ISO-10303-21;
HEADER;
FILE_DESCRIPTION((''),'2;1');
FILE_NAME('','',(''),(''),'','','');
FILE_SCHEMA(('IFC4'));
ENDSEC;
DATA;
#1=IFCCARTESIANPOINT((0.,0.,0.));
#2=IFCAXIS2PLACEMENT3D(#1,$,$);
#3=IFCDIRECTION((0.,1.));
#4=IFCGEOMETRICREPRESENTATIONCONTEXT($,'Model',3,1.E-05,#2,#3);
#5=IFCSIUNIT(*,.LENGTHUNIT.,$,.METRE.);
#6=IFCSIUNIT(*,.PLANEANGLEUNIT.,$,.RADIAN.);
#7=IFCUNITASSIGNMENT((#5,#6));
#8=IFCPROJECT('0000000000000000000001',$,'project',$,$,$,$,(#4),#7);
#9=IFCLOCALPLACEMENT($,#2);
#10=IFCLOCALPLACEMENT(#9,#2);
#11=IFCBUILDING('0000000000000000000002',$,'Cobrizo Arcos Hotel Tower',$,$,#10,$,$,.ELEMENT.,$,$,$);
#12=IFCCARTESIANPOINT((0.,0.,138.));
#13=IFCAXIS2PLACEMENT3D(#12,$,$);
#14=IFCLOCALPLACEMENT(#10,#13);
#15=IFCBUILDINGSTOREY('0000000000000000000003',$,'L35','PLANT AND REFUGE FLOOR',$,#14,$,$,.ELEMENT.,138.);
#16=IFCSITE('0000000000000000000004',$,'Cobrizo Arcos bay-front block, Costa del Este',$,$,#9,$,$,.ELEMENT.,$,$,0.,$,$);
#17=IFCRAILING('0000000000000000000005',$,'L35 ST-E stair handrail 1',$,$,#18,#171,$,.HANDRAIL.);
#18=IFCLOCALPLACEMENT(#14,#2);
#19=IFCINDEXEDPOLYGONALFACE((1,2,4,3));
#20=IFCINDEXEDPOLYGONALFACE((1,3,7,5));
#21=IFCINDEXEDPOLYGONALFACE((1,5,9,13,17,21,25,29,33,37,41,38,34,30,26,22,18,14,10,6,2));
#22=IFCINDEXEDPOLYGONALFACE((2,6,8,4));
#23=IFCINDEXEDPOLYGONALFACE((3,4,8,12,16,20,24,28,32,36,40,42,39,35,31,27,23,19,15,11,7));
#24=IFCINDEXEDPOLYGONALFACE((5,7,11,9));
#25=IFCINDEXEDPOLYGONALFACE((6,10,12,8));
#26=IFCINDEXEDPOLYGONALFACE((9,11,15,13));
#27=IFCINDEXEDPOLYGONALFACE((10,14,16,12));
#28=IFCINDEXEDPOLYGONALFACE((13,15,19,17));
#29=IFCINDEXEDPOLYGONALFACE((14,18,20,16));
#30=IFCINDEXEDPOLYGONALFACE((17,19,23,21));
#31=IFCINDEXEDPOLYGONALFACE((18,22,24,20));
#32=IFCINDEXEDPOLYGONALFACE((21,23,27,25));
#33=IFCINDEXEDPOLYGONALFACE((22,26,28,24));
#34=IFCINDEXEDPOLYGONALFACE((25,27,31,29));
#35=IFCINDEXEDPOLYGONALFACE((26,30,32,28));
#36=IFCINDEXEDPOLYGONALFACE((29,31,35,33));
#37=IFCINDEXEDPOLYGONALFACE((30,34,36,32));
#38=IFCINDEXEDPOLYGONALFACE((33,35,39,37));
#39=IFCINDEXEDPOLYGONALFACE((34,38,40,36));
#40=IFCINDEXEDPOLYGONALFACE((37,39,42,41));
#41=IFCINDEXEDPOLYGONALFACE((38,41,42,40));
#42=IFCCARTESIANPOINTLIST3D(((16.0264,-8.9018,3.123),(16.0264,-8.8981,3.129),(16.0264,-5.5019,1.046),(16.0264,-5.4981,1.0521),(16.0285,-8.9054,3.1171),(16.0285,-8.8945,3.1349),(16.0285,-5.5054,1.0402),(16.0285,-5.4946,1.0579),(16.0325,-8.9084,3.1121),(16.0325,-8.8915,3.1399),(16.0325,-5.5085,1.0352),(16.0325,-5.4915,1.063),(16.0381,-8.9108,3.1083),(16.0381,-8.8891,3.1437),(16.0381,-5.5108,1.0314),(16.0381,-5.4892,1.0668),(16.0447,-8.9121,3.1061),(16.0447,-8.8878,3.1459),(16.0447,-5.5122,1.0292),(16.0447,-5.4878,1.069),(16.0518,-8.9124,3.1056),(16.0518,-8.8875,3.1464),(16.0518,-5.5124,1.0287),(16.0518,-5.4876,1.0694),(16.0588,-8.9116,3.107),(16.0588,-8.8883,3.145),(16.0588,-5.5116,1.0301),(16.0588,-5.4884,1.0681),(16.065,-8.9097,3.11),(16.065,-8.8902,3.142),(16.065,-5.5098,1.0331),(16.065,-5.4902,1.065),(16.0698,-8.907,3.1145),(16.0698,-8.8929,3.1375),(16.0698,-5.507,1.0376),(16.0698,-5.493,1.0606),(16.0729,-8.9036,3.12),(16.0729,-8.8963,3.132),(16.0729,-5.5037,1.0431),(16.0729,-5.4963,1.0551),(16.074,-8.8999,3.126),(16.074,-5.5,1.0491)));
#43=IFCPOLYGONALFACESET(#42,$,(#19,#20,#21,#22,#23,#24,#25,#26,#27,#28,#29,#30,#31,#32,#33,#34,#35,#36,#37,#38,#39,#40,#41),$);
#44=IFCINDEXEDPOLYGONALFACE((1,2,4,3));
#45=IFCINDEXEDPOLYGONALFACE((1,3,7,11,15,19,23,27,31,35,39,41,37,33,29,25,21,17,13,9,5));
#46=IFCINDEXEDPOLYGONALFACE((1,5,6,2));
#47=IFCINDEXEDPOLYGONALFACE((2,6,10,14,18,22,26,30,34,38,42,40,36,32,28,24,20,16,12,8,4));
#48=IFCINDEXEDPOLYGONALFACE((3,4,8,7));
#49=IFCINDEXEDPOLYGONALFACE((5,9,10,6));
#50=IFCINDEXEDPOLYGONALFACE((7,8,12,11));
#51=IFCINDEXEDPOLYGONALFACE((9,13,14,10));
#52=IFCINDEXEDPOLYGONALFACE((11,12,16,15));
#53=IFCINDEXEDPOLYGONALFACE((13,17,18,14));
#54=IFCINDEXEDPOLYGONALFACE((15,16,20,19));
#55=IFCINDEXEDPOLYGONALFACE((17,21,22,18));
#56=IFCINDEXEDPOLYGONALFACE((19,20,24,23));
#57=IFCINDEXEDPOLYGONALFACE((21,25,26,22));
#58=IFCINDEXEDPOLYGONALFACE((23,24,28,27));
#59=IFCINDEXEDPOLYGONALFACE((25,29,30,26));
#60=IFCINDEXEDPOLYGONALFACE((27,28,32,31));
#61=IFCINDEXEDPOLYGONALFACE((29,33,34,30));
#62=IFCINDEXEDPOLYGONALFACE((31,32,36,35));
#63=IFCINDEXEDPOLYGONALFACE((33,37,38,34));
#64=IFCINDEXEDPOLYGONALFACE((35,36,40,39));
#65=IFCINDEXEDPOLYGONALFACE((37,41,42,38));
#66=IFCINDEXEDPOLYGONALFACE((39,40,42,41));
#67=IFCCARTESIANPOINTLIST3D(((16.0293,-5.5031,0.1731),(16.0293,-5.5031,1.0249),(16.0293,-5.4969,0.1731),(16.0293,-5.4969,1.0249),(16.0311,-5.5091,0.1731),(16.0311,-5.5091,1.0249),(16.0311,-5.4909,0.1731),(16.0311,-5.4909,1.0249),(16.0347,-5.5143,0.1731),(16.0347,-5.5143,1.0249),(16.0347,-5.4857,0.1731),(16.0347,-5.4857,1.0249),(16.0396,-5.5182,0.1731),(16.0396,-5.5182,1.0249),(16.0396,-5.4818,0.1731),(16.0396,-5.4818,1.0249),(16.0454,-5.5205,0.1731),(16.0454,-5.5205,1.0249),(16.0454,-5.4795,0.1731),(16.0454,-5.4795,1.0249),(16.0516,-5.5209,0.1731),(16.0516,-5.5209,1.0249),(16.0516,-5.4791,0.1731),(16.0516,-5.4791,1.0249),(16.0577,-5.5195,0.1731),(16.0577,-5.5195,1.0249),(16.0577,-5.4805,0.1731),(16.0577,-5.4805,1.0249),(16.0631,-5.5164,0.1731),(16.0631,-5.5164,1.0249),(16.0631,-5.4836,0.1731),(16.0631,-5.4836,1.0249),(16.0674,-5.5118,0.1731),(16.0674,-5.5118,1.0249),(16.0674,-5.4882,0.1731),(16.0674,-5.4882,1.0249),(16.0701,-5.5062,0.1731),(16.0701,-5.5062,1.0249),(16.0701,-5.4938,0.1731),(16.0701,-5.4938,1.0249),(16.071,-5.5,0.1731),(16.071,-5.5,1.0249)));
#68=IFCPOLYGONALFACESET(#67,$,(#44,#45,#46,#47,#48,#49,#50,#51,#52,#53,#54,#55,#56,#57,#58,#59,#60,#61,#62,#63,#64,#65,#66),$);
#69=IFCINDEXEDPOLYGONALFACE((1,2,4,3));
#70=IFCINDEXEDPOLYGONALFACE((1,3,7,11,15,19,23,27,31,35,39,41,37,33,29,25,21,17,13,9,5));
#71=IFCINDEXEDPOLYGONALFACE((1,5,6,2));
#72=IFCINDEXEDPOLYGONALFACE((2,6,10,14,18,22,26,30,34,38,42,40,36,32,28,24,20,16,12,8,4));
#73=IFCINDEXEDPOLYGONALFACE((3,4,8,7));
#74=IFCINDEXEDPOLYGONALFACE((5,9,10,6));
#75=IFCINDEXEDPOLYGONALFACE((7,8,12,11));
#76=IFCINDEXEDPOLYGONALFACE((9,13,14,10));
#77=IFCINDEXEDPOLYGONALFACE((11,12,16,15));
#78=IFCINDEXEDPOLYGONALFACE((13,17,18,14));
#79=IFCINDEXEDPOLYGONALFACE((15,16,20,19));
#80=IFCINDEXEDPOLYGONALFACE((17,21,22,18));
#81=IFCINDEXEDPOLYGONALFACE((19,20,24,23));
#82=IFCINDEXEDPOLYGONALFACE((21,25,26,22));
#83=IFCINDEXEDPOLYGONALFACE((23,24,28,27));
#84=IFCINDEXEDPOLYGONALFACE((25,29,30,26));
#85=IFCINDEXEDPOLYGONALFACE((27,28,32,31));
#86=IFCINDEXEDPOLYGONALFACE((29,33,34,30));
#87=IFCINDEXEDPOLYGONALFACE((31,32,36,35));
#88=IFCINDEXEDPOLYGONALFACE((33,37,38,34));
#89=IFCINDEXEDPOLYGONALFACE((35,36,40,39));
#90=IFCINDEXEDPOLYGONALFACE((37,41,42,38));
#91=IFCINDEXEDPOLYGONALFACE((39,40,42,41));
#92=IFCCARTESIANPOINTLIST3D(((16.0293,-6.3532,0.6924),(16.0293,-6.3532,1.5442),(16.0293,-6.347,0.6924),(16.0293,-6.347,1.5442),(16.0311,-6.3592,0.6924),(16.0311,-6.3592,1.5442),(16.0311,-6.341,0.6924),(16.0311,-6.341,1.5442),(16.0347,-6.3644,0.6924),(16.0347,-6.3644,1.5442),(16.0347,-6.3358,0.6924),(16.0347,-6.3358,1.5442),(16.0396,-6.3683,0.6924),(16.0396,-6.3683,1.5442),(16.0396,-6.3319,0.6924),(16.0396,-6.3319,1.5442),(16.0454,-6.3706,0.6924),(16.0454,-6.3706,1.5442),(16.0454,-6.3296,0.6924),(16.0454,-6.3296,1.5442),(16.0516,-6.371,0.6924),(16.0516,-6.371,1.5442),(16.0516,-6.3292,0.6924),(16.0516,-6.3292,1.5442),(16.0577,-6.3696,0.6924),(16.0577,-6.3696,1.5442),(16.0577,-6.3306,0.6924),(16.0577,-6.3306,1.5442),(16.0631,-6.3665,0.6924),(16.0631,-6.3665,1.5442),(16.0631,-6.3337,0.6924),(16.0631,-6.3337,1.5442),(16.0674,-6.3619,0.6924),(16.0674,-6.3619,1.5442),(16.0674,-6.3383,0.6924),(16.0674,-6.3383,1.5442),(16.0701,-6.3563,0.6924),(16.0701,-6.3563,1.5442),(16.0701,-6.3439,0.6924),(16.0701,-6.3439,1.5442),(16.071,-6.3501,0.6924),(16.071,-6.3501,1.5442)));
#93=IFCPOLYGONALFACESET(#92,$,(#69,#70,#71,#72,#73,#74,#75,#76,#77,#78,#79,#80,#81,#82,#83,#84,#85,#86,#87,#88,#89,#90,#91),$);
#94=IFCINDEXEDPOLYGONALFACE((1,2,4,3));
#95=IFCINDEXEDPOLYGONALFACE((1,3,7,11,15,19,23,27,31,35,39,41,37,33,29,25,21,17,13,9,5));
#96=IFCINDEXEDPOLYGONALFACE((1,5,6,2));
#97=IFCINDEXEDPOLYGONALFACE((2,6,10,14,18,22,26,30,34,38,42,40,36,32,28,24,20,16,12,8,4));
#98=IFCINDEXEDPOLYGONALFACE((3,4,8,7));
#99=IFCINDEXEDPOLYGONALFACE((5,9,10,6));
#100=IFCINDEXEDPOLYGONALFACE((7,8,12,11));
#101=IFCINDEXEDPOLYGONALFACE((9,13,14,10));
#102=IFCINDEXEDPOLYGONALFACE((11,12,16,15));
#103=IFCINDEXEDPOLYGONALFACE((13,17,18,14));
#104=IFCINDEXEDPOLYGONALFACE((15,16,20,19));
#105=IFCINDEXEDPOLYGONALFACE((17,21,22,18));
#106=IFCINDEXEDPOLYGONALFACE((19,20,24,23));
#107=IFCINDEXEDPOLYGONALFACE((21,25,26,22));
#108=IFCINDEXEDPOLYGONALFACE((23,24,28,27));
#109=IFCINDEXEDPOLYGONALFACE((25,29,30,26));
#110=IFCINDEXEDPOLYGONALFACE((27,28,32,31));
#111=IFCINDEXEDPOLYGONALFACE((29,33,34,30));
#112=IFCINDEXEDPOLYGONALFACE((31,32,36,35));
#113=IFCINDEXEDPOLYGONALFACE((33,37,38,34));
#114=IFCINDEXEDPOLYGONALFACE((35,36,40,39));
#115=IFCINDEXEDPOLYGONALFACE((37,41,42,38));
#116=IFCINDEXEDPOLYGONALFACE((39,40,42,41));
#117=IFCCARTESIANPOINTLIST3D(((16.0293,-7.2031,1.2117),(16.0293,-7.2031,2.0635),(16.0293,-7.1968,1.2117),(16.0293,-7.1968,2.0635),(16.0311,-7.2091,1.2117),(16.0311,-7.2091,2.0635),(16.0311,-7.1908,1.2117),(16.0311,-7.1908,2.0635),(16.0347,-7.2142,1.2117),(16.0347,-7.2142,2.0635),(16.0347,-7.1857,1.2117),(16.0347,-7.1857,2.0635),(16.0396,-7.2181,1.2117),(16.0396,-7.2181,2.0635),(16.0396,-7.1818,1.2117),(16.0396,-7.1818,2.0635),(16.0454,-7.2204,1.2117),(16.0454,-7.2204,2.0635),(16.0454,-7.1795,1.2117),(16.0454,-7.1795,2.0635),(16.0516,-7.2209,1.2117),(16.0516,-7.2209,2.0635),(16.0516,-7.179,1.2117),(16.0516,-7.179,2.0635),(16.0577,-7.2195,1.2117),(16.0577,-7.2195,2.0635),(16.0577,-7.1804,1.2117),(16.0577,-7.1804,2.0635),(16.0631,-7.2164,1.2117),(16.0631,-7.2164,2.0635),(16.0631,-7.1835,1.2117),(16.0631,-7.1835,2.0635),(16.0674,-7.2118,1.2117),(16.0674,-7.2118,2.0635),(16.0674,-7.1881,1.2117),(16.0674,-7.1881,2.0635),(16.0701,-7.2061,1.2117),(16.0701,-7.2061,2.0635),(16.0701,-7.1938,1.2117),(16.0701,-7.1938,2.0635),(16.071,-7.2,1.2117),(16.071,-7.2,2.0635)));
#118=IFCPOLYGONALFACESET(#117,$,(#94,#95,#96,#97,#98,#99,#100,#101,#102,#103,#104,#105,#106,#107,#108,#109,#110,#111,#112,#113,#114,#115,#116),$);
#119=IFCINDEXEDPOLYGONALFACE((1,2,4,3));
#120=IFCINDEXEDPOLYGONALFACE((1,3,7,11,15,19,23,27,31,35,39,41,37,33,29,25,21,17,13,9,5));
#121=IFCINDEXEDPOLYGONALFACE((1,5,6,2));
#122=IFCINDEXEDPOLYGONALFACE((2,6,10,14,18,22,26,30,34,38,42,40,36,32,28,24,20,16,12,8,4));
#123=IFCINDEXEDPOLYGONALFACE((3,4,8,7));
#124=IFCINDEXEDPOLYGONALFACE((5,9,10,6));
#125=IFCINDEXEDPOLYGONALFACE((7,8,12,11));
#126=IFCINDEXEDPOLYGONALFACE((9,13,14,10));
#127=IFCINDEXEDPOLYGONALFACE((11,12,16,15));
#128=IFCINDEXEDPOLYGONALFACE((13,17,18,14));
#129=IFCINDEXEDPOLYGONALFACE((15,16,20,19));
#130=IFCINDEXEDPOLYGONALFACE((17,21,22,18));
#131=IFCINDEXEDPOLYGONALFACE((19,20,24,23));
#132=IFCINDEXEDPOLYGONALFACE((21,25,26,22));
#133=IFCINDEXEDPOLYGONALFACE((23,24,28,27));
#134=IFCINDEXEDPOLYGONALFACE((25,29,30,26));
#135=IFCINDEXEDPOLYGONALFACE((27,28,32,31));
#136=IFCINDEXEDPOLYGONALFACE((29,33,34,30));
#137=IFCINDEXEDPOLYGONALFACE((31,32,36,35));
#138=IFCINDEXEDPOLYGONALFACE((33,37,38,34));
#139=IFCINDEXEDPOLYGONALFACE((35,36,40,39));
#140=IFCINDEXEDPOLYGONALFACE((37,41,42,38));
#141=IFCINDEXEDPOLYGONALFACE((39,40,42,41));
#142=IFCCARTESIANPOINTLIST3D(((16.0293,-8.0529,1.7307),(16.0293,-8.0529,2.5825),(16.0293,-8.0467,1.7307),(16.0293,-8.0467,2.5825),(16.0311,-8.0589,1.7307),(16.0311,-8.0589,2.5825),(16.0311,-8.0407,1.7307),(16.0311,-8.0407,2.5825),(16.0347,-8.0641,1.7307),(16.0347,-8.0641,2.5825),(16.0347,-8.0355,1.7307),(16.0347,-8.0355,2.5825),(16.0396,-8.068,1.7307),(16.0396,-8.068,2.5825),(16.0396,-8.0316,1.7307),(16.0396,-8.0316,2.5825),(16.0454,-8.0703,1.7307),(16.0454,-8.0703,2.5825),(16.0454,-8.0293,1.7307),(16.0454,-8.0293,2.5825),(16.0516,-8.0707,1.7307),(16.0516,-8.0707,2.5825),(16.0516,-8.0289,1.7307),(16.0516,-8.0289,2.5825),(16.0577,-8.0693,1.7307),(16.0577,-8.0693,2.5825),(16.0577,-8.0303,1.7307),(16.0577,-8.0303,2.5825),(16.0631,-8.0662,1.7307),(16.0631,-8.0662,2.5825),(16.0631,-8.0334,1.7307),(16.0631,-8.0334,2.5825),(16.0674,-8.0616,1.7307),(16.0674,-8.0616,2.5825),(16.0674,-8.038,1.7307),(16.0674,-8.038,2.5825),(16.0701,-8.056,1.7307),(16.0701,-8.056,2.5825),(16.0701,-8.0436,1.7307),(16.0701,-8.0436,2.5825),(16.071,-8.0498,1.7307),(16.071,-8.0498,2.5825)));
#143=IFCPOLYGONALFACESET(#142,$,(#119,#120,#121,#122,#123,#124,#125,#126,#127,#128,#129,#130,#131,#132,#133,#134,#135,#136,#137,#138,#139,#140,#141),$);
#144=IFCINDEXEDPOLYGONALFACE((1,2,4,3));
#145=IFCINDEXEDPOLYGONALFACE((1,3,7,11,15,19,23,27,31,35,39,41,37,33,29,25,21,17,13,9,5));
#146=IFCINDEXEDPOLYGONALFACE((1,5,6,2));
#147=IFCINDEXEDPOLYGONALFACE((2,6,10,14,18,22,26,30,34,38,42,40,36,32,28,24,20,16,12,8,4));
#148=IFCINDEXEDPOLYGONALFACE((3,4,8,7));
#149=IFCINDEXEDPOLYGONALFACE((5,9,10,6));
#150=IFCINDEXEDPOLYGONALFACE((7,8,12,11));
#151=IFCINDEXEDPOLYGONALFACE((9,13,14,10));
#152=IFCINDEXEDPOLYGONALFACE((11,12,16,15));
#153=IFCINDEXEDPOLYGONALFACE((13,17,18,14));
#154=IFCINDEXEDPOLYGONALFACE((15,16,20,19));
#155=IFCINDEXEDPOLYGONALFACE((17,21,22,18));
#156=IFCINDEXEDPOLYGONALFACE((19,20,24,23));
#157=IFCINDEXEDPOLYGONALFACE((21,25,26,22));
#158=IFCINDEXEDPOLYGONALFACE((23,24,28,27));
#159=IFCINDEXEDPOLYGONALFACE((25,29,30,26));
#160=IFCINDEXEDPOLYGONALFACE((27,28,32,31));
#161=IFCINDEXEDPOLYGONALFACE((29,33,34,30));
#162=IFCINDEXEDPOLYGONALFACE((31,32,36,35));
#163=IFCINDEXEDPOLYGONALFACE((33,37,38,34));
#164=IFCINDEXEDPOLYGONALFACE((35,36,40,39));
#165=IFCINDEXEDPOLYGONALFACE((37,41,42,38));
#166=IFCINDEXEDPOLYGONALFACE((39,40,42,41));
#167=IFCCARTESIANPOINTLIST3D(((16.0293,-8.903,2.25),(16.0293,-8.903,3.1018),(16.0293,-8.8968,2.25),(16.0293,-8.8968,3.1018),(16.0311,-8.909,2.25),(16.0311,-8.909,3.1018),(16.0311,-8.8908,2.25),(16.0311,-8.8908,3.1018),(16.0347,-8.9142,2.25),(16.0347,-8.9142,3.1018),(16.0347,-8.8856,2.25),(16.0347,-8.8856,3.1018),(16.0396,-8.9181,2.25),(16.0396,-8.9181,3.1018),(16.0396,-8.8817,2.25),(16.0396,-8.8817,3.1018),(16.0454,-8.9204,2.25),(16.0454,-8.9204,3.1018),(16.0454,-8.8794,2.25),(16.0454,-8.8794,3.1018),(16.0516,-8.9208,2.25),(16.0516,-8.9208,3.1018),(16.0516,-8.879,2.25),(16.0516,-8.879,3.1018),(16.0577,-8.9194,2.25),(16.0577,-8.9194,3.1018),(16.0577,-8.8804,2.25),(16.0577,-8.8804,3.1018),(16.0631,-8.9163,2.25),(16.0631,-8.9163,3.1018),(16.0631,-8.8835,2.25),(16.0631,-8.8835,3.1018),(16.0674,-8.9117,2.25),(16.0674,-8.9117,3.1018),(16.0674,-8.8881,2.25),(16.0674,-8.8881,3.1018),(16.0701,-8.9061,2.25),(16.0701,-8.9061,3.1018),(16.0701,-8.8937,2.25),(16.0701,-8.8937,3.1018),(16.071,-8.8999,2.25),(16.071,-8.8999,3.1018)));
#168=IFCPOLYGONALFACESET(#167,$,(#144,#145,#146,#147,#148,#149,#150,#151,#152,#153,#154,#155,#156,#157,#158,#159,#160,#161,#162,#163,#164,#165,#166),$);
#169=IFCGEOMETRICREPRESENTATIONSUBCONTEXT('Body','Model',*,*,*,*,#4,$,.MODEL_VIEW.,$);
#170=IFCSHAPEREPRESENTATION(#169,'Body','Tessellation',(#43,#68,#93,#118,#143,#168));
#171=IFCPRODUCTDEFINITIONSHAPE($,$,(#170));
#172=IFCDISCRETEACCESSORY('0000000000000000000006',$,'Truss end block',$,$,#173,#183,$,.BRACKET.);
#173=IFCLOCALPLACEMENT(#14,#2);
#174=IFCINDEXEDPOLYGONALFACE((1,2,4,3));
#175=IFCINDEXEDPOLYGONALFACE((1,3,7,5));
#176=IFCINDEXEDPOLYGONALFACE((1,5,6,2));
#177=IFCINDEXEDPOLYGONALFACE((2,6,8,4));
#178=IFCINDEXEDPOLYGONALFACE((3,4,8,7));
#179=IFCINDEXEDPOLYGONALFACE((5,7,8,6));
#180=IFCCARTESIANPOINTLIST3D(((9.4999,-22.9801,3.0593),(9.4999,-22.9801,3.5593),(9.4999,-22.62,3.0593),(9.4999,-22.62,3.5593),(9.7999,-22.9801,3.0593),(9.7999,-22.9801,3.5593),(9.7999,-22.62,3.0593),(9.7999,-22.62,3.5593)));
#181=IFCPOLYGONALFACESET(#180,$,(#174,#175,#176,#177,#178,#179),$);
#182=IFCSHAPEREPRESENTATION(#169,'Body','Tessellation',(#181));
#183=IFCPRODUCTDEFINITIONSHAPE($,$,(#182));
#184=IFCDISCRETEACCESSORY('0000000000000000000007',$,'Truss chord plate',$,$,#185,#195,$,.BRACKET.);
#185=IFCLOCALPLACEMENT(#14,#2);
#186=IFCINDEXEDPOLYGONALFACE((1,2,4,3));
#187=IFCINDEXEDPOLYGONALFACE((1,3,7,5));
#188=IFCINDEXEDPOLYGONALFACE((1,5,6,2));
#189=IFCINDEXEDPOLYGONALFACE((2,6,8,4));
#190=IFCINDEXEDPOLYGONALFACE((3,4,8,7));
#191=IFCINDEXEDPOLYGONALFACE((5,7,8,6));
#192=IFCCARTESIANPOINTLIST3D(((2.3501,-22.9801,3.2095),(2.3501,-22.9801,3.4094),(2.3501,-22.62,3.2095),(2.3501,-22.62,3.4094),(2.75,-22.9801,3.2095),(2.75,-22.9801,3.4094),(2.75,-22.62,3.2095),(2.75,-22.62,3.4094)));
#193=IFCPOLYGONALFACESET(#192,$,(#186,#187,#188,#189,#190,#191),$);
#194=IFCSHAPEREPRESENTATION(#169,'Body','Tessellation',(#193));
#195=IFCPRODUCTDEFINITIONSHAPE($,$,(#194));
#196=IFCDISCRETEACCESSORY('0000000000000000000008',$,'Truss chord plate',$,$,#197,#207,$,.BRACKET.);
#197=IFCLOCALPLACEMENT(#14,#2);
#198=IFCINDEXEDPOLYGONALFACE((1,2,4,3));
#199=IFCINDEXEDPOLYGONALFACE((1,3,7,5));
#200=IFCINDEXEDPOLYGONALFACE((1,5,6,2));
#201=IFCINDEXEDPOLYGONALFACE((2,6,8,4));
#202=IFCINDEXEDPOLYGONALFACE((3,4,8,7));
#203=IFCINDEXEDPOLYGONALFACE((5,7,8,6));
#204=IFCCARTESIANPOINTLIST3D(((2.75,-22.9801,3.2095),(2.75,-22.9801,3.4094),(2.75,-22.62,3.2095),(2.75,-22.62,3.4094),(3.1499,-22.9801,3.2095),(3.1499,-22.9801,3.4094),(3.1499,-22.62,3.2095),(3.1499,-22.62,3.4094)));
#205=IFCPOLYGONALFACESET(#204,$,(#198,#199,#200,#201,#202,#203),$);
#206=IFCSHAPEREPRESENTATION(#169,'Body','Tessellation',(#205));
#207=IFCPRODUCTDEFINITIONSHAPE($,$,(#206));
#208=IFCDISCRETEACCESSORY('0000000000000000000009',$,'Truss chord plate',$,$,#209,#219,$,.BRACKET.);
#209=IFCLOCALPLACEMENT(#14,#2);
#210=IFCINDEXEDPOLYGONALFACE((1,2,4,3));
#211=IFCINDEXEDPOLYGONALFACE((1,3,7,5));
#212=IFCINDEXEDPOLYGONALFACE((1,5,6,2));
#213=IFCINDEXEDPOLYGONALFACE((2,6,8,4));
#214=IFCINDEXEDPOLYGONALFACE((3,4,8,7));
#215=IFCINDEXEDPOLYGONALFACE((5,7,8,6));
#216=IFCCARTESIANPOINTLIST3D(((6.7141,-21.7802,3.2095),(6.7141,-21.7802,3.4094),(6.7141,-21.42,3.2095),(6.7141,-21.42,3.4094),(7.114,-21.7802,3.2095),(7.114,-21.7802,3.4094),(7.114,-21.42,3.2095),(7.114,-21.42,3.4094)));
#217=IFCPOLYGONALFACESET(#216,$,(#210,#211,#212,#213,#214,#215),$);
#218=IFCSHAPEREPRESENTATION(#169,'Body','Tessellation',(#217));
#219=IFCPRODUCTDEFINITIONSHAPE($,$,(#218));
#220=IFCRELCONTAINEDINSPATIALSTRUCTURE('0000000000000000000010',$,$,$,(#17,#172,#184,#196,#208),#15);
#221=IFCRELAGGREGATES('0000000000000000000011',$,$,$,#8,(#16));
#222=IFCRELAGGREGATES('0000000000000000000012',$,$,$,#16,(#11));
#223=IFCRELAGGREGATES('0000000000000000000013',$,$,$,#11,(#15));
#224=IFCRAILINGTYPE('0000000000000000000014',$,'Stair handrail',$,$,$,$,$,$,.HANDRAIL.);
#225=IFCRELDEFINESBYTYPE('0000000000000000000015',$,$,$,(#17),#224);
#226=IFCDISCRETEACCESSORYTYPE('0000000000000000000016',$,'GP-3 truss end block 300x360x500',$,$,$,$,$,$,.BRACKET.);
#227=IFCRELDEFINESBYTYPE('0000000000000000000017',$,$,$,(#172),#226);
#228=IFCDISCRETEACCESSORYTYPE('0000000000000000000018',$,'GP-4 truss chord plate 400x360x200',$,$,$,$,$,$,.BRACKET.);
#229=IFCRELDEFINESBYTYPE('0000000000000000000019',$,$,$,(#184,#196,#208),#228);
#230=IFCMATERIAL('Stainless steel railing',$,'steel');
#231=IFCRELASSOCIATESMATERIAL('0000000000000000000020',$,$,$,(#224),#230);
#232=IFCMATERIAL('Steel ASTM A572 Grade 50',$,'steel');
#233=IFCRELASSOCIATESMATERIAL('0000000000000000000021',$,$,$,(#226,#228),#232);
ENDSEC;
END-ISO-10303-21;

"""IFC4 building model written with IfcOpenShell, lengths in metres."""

from ifc_helpers import new_model, si_unit, direction, frame, origin, origin_2d, place, context, subcontext, project, spatial, rectangle, circle, extrude, material, type_object, element, save


model = new_model("IFC4")

# Units and contexts
model_context = context("Model", 3, precision=1e-05, world=origin(), true_north=direction((0.0, 1.0)))
body_context = subcontext(model_context, "Body", "Model", "MODEL_VIEW")
ifc_project = project(units=[si_unit("LENGTHUNIT", "METRE"), si_unit("PLANEANGLEUNIT", "RADIAN")], contexts=[model_context])

# Site, building, storey
site_placement = place(None, origin())
site = spatial("IfcSite", under=ifc_project, at=site_placement, Name="Cobrizo Arcos bay-front block, Costa del Este", CompositionType="ELEMENT", RefElevation=0.0)
building_placement = place(site_placement, origin())
building = spatial("IfcBuilding", under=site, at=building_placement, Name="Cobrizo Arcos Hotel Tower", CompositionType="ELEMENT")
storey_placement = place(building_placement, frame((0.0, 0.0, 138.0)))
storey = spatial("IfcBuildingStorey", under=building, at=storey_placement, Name="L35", Description="PLANT AND REFUGE FLOOR", CompositionType="ELEMENT", Elevation=138.0)

# Railing
ifc_material_1 = material(Name="Stainless steel railing", Category="steel")
railing_type = type_object("IfcRailingType", Name="Stair handrail", PredefinedType="HANDRAIL", material=ifc_material_1)
railing_placement = place(storey_placement, frame((16.05, -5.5, 0.1731)))
element("IfcRailing", 1, at=railing_placement, inside=storey, type_object=railing_type, Name="L35 ST-E stair handrail 1", PredefinedType="HANDRAIL", context=body_context, shape_type="SweptSolid", body=[
    extrude(circle(Radius=0.0239, at=origin_2d()), frame((0.0, 0.0, 0.876), z_axis=(0.0, -0.853373, 0.521301), x_axis=(1.0, 0.0, 0.0)), (0.0, 0.0, 1.0), 3.9841),
    extrude(circle(Radius=0.021, at=origin_2d()), origin(), (0.0, 0.0, 1.0), 0.8518),
    extrude(circle(Radius=0.021, at=origin_2d()), frame((0.0, -0.8501, 0.5193)), (0.0, 0.0, 1.0), 0.8518),
    extrude(circle(Radius=0.021, at=origin_2d()), frame((0.0, -1.7, 1.0386)), (0.0, 0.0, 1.0), 0.8518),
    extrude(circle(Radius=0.021, at=origin_2d()), frame((0.0, -2.5498, 1.5576)), (0.0, 0.0, 1.0), 0.8518),
    extrude(circle(Radius=0.021, at=origin_2d()), frame((0.0, -3.3999, 2.0769)), (0.0, 0.0, 1.0), 0.8518),
])

# Discrete accessories
ifc_material_2 = material(Name="Steel ASTM A572 Grade 50", Category="steel")
discrete_accessory_type_1 = type_object("IfcDiscreteAccessoryType", Name="GP-3 truss end block 300x360x500", PredefinedType="BRACKET", material=ifc_material_2)
discrete_accessory_placement = place(storey_placement, frame((9.6499, -22.8, 3.0593), z_axis=(0.0, 0.0, 1.0), x_axis=(1.0, 0.0, 0.0)))
element("IfcDiscreteAccessory", 2, at=discrete_accessory_placement, inside=storey, type_object=discrete_accessory_type_1, Name="Truss end block", PredefinedType="BRACKET", context=body_context, shape_type="SweptSolid", body=[
    extrude(rectangle(XDim=0.3, YDim=0.3601, at=origin_2d()), origin(), (0.0, 0.0, 1.0), 0.5),
])
discrete_accessory_type_2 = type_object("IfcDiscreteAccessoryType", Name="GP-4 truss chord plate 400x360x200", PredefinedType="BRACKET", material=ifc_material_2)
for number, where, z_axis, x_axis, name in (
    (3, (2.55, -22.8, 3.2095), (0.0, 0.0, 1.0), (1.0, 0.0, 0.0), "Truss chord plate"),
    (4, (2.95, -22.8, 3.2095), (0.0, 0.0, 1.0), (1.0, 0.0, 0.0), "Truss chord plate"),
    (5, (6.9141, -21.6001, 3.2095), (0.0, 0.0, 1.0), (1.0, 0.0, 0.0), "Truss chord plate"),
):
    element("IfcDiscreteAccessory", number, at=place(storey_placement, frame(where, z_axis=z_axis, x_axis=x_axis)), inside=storey, type_object=discrete_accessory_type_2, Name=name, PredefinedType="BRACKET", context=body_context, shape_type="SweptSolid", body=[
        extrude(rectangle(XDim=0.3999, YDim=0.3601, at=origin_2d()), origin(), (0.0, 0.0, 1.0), 0.2),
    ])

save(model, "model.ifc")
